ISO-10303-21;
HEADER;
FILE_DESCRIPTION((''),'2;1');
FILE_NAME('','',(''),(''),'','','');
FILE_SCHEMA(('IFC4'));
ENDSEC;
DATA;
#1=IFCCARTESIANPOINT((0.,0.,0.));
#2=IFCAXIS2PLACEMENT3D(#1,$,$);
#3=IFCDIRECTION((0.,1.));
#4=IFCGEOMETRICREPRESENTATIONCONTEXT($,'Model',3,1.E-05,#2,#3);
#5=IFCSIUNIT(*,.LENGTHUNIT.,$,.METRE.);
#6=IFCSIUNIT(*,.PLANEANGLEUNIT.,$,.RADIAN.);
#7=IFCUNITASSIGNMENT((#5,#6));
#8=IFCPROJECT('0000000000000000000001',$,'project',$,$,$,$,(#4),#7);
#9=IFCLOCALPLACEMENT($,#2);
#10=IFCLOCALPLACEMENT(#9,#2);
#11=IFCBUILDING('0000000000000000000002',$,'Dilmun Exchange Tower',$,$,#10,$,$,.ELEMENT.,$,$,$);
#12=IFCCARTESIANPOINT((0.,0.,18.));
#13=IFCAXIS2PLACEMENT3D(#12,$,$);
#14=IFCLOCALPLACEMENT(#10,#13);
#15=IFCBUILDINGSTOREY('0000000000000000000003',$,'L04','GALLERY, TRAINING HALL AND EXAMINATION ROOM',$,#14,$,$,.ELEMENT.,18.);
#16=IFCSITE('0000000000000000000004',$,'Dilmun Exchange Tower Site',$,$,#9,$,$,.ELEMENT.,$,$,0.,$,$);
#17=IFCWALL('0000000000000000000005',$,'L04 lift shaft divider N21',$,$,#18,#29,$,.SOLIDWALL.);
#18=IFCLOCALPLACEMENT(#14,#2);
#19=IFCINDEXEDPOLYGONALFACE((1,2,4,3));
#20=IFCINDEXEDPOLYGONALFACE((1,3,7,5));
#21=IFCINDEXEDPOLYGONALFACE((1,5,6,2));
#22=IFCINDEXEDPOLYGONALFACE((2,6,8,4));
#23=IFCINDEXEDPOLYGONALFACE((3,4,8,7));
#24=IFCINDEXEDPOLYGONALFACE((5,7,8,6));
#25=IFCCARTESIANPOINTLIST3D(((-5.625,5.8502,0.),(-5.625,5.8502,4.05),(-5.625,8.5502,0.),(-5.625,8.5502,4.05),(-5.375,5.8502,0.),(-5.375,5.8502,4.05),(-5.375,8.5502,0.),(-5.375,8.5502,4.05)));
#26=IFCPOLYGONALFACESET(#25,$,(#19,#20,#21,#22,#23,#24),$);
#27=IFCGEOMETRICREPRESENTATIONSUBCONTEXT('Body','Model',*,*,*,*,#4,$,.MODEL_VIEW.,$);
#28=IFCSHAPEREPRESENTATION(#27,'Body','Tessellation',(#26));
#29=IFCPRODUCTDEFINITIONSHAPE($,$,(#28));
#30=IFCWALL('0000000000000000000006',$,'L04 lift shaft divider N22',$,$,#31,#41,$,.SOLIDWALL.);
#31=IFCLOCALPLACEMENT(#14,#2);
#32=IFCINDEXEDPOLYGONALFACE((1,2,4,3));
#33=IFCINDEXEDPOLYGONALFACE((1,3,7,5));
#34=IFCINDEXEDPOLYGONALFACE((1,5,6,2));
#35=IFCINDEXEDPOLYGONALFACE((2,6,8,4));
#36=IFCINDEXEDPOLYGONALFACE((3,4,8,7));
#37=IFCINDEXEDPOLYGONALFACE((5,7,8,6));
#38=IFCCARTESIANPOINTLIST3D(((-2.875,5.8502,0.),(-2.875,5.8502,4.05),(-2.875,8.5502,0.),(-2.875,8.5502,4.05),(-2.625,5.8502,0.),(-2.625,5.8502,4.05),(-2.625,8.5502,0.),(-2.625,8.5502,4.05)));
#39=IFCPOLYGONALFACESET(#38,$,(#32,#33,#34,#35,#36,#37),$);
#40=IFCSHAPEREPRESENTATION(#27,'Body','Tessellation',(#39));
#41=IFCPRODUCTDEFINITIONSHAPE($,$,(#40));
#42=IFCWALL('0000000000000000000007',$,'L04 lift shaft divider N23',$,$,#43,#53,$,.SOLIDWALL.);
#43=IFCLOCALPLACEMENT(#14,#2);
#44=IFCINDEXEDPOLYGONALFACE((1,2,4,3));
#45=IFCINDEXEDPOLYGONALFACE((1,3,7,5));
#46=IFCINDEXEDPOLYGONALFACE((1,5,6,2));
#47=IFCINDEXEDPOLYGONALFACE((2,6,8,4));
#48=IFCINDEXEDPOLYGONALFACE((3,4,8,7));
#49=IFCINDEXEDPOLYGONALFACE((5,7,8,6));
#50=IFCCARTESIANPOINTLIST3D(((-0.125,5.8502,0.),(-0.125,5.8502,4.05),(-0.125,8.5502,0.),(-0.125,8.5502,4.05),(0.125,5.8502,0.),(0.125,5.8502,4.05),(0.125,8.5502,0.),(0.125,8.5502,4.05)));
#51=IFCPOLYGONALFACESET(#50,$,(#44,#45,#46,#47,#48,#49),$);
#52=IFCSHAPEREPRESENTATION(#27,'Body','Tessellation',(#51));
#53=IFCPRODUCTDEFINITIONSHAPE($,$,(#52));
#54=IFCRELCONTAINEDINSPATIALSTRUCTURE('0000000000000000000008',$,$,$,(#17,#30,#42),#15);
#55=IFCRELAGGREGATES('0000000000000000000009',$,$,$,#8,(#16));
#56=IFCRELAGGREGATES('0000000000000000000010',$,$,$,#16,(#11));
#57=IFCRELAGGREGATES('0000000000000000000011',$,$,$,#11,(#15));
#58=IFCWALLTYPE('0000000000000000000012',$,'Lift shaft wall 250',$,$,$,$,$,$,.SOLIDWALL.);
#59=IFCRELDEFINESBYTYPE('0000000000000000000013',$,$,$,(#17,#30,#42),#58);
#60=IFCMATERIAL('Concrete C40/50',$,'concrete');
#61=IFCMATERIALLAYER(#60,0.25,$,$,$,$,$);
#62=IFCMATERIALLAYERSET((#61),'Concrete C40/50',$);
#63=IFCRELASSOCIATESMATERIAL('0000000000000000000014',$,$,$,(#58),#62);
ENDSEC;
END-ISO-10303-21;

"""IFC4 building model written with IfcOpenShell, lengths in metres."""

from ifc_helpers import new_model, si_unit, direction, frame, frame_2d, origin, place, context, subcontext, project, spatial, rectangle, extrude, material, layer, layer_set, type_object, element, save


model = new_model("IFC4")

# Units and contexts
model_context = context("Model", 3, precision=1e-05, world=origin(), true_north=direction((0.0, 1.0)))
body_context = subcontext(model_context, "Body", "Model", "MODEL_VIEW")
ifc_project = project(units=[si_unit("LENGTHUNIT", "METRE"), si_unit("PLANEANGLEUNIT", "RADIAN")], contexts=[model_context])

# Site, building, storey
site_placement = place(None, origin())
site = spatial("IfcSite", under=ifc_project, at=site_placement, Name="Dilmun Exchange Tower Site", CompositionType="ELEMENT", RefElevation=0.0)
building_placement = place(site_placement, origin())
building = spatial("IfcBuilding", under=site, at=building_placement, Name="Dilmun Exchange Tower", CompositionType="ELEMENT")
storey_placement = place(building_placement, frame((0.0, 0.0, 18.0)))
storey = spatial("IfcBuildingStorey", under=building, at=storey_placement, Name="L04", Description="GALLERY, TRAINING HALL AND EXAMINATION ROOM", CompositionType="ELEMENT", Elevation=18.0)

# Shared definitions
ifc_material_1 = material(Name="Concrete C40/50", Category="concrete")

# Walls
ifc_layer_1 = layer(ifc_material_1, 0.25)
ifc_layer_set_1 = layer_set([ifc_layer_1], Name="Concrete C40/50")
wall_type_1 = type_object("IfcWallType", Name="Lift shaft wall 250", PredefinedType="SOLIDWALL", material=ifc_layer_set_1)
for number, where, z_axis, x_axis, name in (
    (1, (-5.5, 5.8501, 0.0), (0.0, 0.0, 1.0), (0.0, 1.0, 0.0), "L04 lift shaft divider N21"),
    (2, (-2.75, 5.8501, 0.0), (0.0, 0.0, 1.0), (0.0, 1.0, 0.0), "L04 lift shaft divider N22"),
    (3, (0.0, 5.8501, 0.0), (0.0, 0.0, 1.0), (0.0, 1.0, 0.0), "L04 lift shaft divider N23"),
):
    element("IfcWall", number, at=place(storey_placement, frame(where, z_axis=z_axis, x_axis=x_axis)), inside=storey, type_object=wall_type_1, Name=name, PredefinedType="SOLIDWALL", context=body_context, shape_type="SweptSolid", body=[
        extrude(rectangle(XDim=2.7, YDim=0.25, at=frame_2d((1.3501, 0.0))), origin(), (0.0, 0.0, 1.0), 4.05),
    ])

save(model, "model.ifc")
